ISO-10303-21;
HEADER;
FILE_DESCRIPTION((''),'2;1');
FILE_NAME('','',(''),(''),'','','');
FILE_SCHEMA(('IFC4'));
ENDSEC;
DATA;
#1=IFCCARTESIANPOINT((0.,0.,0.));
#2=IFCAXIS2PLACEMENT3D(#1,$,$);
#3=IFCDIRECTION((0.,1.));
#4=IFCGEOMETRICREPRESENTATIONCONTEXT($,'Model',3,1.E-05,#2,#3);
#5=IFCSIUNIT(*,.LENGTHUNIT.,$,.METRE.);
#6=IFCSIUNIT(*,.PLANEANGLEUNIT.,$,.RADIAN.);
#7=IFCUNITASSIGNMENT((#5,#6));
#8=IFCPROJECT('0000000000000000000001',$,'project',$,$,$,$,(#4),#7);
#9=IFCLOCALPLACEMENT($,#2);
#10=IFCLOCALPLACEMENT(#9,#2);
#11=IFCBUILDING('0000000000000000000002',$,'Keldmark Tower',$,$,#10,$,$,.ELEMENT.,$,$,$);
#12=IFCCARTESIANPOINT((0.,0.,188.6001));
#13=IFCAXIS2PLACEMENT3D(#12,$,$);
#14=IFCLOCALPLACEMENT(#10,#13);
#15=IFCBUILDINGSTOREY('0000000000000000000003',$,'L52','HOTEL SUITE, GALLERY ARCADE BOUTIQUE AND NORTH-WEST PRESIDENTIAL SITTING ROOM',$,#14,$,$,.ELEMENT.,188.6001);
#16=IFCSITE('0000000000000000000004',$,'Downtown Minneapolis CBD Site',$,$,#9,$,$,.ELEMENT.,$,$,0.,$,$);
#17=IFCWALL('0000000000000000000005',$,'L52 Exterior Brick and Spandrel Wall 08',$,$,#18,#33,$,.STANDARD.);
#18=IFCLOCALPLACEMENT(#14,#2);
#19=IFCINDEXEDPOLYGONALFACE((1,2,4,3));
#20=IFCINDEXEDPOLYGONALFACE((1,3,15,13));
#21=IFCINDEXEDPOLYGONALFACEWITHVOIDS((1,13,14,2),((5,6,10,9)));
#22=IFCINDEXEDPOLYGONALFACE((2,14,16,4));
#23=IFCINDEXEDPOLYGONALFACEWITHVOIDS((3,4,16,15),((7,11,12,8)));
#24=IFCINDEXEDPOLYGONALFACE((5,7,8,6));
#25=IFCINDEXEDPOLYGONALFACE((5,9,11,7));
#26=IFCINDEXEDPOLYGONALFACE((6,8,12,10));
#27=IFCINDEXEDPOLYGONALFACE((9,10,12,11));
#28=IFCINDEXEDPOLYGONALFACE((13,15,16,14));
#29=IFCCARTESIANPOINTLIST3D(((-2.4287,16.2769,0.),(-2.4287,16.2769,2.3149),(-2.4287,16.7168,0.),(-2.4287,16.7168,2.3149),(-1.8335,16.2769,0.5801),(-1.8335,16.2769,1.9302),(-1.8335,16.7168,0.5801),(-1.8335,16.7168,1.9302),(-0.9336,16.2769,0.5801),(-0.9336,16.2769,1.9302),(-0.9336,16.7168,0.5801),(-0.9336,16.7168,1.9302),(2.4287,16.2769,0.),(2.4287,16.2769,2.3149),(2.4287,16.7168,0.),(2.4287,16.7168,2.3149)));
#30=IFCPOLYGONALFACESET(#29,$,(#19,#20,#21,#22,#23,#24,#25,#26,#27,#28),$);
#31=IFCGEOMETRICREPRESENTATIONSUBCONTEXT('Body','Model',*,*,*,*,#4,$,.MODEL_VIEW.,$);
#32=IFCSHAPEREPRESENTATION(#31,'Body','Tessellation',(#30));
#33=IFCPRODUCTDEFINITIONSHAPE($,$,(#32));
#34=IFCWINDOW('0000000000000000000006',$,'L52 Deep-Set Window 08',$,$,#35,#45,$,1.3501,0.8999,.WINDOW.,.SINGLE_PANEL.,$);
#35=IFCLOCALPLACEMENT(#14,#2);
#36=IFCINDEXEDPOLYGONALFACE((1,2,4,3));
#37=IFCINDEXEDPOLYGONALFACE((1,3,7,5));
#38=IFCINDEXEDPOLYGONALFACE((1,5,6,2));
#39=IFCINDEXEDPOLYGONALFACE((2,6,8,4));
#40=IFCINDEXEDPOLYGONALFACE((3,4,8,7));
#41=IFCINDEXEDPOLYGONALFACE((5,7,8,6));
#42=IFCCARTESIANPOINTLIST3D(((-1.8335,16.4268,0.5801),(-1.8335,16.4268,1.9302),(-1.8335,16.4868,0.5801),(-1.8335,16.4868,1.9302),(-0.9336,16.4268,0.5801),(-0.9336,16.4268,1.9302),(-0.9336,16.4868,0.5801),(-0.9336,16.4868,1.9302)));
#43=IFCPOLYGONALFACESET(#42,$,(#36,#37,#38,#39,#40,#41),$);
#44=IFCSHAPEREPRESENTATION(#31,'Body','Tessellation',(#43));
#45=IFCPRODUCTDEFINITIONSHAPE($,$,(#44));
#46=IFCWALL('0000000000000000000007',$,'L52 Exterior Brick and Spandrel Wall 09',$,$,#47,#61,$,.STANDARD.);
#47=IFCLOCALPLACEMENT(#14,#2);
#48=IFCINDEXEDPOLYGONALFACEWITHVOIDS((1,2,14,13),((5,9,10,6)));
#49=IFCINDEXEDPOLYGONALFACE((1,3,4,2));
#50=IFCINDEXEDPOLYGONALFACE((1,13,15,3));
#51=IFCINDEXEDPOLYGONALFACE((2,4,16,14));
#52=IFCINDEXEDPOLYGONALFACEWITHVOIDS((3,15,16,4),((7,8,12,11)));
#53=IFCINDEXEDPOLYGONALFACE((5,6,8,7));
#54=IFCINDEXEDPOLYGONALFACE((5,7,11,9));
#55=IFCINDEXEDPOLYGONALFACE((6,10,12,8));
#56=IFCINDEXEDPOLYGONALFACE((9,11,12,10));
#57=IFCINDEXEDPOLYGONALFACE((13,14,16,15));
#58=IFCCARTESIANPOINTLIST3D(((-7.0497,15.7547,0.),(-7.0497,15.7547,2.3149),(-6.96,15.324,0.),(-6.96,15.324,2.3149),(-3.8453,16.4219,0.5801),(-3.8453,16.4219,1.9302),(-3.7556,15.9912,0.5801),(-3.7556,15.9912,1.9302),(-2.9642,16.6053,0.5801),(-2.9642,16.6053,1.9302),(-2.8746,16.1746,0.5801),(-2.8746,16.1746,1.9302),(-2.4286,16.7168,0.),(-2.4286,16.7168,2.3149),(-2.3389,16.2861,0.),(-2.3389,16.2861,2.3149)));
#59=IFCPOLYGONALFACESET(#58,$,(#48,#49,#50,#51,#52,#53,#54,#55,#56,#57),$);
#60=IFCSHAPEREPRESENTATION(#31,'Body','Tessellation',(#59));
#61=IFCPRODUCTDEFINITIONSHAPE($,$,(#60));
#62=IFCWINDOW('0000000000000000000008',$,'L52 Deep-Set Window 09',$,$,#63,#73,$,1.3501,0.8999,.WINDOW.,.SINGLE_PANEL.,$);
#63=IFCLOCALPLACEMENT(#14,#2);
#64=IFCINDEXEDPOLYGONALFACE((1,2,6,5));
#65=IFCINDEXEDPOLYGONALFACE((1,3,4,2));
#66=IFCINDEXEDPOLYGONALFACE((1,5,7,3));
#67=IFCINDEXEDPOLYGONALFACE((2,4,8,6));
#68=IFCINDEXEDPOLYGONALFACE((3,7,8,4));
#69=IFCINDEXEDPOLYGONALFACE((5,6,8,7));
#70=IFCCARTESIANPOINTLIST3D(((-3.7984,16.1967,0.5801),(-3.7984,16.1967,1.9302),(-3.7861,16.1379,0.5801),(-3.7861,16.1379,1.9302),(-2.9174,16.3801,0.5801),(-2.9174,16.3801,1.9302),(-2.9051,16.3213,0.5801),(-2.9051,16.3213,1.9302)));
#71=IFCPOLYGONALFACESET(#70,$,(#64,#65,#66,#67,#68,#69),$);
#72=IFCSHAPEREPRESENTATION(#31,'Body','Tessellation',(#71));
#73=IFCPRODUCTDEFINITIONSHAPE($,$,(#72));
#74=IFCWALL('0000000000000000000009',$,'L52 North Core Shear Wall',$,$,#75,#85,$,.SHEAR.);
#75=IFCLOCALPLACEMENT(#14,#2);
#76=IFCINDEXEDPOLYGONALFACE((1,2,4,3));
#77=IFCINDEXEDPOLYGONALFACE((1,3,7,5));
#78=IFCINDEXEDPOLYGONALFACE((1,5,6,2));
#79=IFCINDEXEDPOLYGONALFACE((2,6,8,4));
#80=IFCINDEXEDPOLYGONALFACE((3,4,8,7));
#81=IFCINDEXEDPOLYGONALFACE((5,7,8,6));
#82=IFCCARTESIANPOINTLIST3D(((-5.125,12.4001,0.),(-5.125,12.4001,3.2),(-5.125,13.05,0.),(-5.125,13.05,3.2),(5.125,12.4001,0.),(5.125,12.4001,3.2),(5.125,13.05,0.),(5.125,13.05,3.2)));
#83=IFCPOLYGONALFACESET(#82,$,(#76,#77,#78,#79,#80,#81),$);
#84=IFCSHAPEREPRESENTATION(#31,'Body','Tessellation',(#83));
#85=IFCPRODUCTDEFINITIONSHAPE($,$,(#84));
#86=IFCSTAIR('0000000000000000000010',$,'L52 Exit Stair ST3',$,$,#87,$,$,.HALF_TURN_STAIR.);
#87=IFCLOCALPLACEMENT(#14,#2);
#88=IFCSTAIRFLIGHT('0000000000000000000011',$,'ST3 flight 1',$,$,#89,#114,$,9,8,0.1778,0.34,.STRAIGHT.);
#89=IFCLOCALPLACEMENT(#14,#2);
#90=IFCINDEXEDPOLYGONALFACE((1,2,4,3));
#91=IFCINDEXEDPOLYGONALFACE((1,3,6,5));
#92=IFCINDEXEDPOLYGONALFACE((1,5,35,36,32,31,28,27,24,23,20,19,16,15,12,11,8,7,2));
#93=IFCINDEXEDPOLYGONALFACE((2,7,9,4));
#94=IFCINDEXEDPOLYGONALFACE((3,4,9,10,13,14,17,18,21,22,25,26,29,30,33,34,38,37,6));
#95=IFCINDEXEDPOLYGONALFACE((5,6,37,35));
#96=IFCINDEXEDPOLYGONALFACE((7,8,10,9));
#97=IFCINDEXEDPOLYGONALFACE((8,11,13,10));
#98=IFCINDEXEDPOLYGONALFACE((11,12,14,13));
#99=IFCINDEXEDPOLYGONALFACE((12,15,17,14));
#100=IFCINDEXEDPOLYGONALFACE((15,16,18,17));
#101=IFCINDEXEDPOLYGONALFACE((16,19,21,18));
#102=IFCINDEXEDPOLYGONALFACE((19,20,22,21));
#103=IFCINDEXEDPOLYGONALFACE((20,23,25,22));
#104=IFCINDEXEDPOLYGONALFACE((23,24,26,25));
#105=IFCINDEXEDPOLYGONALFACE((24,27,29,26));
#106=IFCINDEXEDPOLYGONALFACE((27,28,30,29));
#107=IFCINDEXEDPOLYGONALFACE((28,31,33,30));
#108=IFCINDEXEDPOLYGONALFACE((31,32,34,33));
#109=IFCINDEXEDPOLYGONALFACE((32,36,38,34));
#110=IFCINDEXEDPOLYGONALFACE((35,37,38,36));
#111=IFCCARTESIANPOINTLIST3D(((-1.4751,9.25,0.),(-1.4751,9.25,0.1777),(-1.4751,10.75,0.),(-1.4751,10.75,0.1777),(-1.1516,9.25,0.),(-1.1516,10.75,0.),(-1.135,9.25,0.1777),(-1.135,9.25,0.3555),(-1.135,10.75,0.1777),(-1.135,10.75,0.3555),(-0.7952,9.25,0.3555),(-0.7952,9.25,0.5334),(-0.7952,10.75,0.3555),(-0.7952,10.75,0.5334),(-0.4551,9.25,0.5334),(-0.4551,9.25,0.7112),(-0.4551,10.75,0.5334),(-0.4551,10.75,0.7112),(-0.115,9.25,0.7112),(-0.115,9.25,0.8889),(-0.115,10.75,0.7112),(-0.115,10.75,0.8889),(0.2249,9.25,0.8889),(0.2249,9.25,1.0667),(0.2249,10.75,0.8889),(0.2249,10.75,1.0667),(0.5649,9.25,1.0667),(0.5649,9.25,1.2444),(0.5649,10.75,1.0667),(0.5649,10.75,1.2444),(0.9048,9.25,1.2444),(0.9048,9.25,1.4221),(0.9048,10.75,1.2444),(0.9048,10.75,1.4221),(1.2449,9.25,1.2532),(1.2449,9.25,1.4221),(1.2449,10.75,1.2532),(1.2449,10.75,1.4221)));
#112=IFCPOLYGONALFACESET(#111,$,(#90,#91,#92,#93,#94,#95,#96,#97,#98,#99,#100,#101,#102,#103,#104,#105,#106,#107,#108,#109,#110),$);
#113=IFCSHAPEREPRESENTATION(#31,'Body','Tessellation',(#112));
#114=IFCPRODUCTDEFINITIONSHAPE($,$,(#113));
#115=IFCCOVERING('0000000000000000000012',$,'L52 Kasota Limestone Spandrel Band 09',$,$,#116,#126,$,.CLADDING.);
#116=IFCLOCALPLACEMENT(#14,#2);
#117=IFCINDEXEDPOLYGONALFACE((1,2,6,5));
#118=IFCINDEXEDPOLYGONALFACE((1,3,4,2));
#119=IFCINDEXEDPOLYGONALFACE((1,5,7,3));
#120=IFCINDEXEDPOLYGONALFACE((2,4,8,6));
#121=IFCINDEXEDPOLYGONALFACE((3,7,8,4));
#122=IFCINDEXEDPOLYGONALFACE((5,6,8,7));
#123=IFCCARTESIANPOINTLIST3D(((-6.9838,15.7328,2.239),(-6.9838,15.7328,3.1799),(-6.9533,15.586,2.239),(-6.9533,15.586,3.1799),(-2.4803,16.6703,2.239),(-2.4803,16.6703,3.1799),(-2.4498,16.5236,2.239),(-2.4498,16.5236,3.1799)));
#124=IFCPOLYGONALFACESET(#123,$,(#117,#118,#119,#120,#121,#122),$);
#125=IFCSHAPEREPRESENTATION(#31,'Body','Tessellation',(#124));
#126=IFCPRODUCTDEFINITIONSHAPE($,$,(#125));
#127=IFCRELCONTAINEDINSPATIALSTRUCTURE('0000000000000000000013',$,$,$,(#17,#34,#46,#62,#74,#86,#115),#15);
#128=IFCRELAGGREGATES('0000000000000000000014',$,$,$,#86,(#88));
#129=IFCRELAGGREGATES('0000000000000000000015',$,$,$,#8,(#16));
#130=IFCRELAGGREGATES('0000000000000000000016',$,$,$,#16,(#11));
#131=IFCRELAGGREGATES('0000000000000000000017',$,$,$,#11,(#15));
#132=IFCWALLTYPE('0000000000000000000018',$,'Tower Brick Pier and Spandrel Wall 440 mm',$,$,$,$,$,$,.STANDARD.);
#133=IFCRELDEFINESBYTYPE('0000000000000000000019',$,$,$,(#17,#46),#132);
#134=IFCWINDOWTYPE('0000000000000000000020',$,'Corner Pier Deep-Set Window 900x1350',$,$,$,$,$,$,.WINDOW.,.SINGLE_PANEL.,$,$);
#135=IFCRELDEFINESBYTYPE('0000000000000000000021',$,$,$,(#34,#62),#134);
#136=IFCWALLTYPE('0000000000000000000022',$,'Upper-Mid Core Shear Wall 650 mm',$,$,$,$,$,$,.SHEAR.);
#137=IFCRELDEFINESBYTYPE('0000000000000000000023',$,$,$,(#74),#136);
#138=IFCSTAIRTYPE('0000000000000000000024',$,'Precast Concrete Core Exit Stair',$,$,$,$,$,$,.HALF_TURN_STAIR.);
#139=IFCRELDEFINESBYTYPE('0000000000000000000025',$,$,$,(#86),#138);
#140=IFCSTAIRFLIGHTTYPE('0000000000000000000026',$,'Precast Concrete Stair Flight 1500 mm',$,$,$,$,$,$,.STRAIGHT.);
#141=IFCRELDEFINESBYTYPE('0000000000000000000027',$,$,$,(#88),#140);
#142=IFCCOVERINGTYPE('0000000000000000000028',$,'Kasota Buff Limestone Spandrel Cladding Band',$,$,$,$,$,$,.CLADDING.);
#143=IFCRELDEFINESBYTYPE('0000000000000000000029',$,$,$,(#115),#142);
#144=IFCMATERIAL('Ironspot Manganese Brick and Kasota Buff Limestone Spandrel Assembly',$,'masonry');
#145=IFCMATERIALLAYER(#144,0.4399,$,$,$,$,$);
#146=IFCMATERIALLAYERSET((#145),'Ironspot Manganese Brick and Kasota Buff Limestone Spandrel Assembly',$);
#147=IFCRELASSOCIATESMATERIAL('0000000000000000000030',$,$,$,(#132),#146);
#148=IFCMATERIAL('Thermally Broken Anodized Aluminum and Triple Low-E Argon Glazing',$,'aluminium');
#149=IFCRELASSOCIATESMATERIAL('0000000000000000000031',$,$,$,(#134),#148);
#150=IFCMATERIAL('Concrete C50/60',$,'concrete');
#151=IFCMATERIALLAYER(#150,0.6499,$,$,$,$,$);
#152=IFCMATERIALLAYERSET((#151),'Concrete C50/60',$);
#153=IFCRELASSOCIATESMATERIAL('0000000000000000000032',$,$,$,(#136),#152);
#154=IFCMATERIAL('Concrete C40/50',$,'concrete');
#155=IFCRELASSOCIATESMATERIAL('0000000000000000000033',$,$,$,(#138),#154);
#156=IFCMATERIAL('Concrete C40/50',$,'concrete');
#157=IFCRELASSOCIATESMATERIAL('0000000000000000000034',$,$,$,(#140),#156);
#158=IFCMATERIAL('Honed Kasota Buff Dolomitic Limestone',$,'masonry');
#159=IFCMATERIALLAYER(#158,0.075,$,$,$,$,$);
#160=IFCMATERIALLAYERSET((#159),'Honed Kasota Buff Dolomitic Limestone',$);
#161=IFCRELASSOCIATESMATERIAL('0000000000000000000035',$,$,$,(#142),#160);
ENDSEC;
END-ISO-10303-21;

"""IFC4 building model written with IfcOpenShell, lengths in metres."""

from ifc_helpers import new_model, si_unit, direction, frame, frame_2d, origin, origin_2d, place, context, subcontext, project, spatial, polyline, rectangle, outline, extrude, material, layer, layer_set, type_object, element, fill, aggregate, save


model = new_model("IFC4")

# Units and contexts
model_context = context("Model", 3, precision=1e-05, world=origin(), true_north=direction((0.0, 1.0)))
body_context = subcontext(model_context, "Body", "Model", "MODEL_VIEW")
ifc_project = project(units=[si_unit("LENGTHUNIT", "METRE"), si_unit("PLANEANGLEUNIT", "RADIAN")], contexts=[model_context])

# Site, building, storey
site_placement = place(None, origin())
site = spatial("IfcSite", under=ifc_project, at=site_placement, Name="Downtown Minneapolis CBD Site", CompositionType="ELEMENT", RefElevation=0.0)
building_placement = place(site_placement, origin())
building = spatial("IfcBuilding", under=site, at=building_placement, Name="Keldmark Tower", CompositionType="ELEMENT")
storey_placement = place(building_placement, frame((0.0, 0.0, 188.6001)))
storey = spatial("IfcBuildingStorey", under=building, at=storey_placement, Name="L52", Description="HOTEL SUITE, GALLERY ARCADE BOUTIQUE AND NORTH-WEST PRESIDENTIAL SITTING ROOM", CompositionType="ELEMENT", Elevation=188.6001)

# Walls, openings, windows
ifc_material_1 = material(Name="Ironspot Manganese Brick and Kasota Buff Limestone Spandrel Assembly", Category="masonry")
ifc_layer_1 = layer(ifc_material_1, 0.4399)
ifc_layer_set_1 = layer_set([ifc_layer_1], Name="Ironspot Manganese Brick and Kasota Buff Limestone Spandrel Assembly")
wall_type_1 = type_object("IfcWallType", Name="Tower Brick Pier and Spandrel Wall 440 mm", PredefinedType="STANDARD", material=ifc_layer_set_1)
wall_1_placement = place(storey_placement, frame((-2.4287, 16.4968, 0.0), z_axis=(0.0, 0.0, 1.0), x_axis=(1.0, 0.0, 0.0)))
wall_1 = element("IfcWall", 1, at=wall_1_placement, inside=storey, type_object=wall_type_1, Name="L52 Exterior Brick and Spandrel Wall 08", PredefinedType="STANDARD", context=body_context, shape_type="SweptSolid", body=[
    extrude(rectangle(XDim=4.8574, YDim=0.4399, at=frame_2d((2.4287, 0.0))), origin(), (0.0, 0.0, 1.0), 2.3149),
])
opening_1_placement = place(wall_1_placement, frame((0.5952, 0.0, 0.5801)))
opening_1 = element("IfcOpeningElement", 2, at=opening_1_placement, cuts=wall_1, PredefinedType="OPENING", context=body_context, shape_type="SweptSolid", body=[
    extrude(rectangle(XDim=0.8999, YDim=1.3501, at=frame_2d((0.45, 0.675))), frame((0.0, 0.23, 0.0), z_axis=(0.0, -1.0, 0.0), x_axis=(1.0, 0.0, 0.0)), (0.0, 0.0, 1.0), 0.46),
])
ifc_material_2 = material(Name="Thermally Broken Anodized Aluminum and Triple Low-E Argon Glazing", Category="aluminium")
window_type = type_object("IfcWindowType", Name="Corner Pier Deep-Set Window 900x1350", PartitioningType="SINGLE_PANEL", PredefinedType="WINDOW", material=ifc_material_2)
window_1_placement = place(opening_1_placement, origin())
window_1 = element("IfcWindow", 3, at=window_1_placement, inside=storey, type_object=window_type, Name="L52 Deep-Set Window 08", OverallHeight=1.3501, OverallWidth=0.8999, PartitioningType="SINGLE_PANEL", PredefinedType="WINDOW", context=body_context, shape_type="SweptSolid", body=[
    extrude(rectangle(XDim=0.8999, YDim=1.3501, at=frame_2d((0.45, 0.675))), frame((0.0, -0.01, 0.0), z_axis=(0.0, -1.0, 0.0), x_axis=(1.0, 0.0, 0.0)), (0.0, 0.0, 1.0), 0.0601),
])
fill(opening_1, window_1)
wall_2_placement = place(storey_placement, frame((-7.0049, 15.5393, 0.0), z_axis=(0.0, 0.0, 1.0), x_axis=(0.979005, 0.203839, 0.0)))
wall_2 = element("IfcWall", 4, at=wall_2_placement, inside=storey, type_object=wall_type_1, Name="L52 Exterior Brick and Spandrel Wall 09", PredefinedType="STANDARD", context=body_context, shape_type="SweptSolid", body=[
    extrude(rectangle(XDim=4.7202, YDim=0.4399, at=frame_2d((2.3601, 0.0))), origin(), (0.0, 0.0, 1.0), 2.3149),
])
opening_2_placement = place(wall_2_placement, frame((3.2732, 0.0, 0.5801)))
opening_2 = element("IfcOpeningElement", 5, at=opening_2_placement, cuts=wall_2, PredefinedType="OPENING", context=body_context, shape_type="SweptSolid", body=[
    extrude(rectangle(XDim=0.8999, YDim=1.3501, at=frame_2d((0.45, 0.675))), frame((0.0, 0.23, 0.0), z_axis=(0.0, -1.0, 0.0), x_axis=(1.0, 0.0, 0.0)), (0.0, 0.0, 1.0), 0.46),
])
window_2_placement = place(opening_2_placement, origin())
window_2 = element("IfcWindow", 6, at=window_2_placement, inside=storey, type_object=window_type, Name="L52 Deep-Set Window 09", OverallHeight=1.3501, OverallWidth=0.8999, PartitioningType="SINGLE_PANEL", PredefinedType="WINDOW", context=body_context, shape_type="SweptSolid", body=[
    extrude(rectangle(XDim=0.8999, YDim=1.3501, at=frame_2d((0.45, 0.675))), frame((0.0, -0.01, 0.0), z_axis=(0.0, -1.0, 0.0), x_axis=(1.0, 0.0, 0.0)), (0.0, 0.0, 1.0), 0.0601),
])
fill(opening_2, window_2)

# Wall
ifc_material_3 = material(Name="Concrete C50/60", Category="concrete")
ifc_layer_2 = layer(ifc_material_3, 0.6499)
ifc_layer_set_2 = layer_set([ifc_layer_2], Name="Concrete C50/60")
wall_type_2 = type_object("IfcWallType", Name="Upper-Mid Core Shear Wall 650 mm", PredefinedType="SHEAR", material=ifc_layer_set_2)
wall_3_placement = place(storey_placement, frame((-5.125, 12.7251, 0.0), z_axis=(0.0, 0.0, 1.0), x_axis=(1.0, 0.0, 0.0)))
element("IfcWall", 7, at=wall_3_placement, inside=storey, type_object=wall_type_2, Name="L52 North Core Shear Wall", PredefinedType="SHEAR", context=body_context, shape_type="SweptSolid", body=[
    extrude(rectangle(XDim=10.25, YDim=0.6499, at=frame_2d((5.125, 0.0))), origin(), (0.0, 0.0, 1.0), 3.2),
])

# Stair, stair flight
ifc_material_4 = material(Name="Concrete C40/50", Category="concrete")
stair_type = type_object("IfcStairType", Name="Precast Concrete Core Exit Stair", PredefinedType="HALF_TURN_STAIR", material=ifc_material_4)
stair_placement = place(storey_placement, origin())
stair = element("IfcStair", 8, at=stair_placement, inside=storey, type_object=stair_type, Name="L52 Exit Stair ST3", PredefinedType="HALF_TURN_STAIR")
ifc_material_5 = material(Name="Concrete C40/50", Category="concrete")
stair_flight_type = type_object("IfcStairFlightType", Name="Precast Concrete Stair Flight 1500 mm", PredefinedType="STRAIGHT", material=ifc_material_5)
stair_flight_placement = place(storey_placement, frame((-1.4751, 10.0, 0.0), z_axis=(0.0, 0.0, 1.0), x_axis=(1.0, 0.0, 0.0)))
stair_flight = element("IfcStairFlight", 9, at=stair_flight_placement, type_object=stair_flight_type, Name="ST3 flight 1", NumberOfRisers=9, NumberOfTreads=8, PredefinedType="STRAIGHT", RiserHeight=0.1778, TreadLength=0.34, context=body_context, shape_type="SweptSolid", body=[
    extrude(outline(polyline([(0.0, 0.0), (0.0, 0.1777), (0.3401, 0.1777), (0.3401, 0.3555), (0.6799, 0.3555), (0.6799, 0.5334), (1.02, 0.5334), (1.02, 0.7112), (1.3601, 0.7112), (1.3601, 0.8889), (1.7, 0.8889), (1.7, 1.0667), (2.04, 1.0667), (2.04, 1.2444), (2.3799, 1.2444), (2.3799, 1.4221), (2.72, 1.4221), (2.72, 1.6001), (2.72, 1.2532), (0.3235, 0.0), (0.0, 0.0)])), frame((0.0, 0.75, 0.0), z_axis=(0.0, -1.0, 0.0), x_axis=(1.0, 0.0, 0.0)), (0.0, 0.0, 1.0), 1.5),
])
aggregate(stair, [stair_flight])

# Covering
ifc_material_6 = material(Name="Honed Kasota Buff Dolomitic Limestone", Category="masonry")
ifc_layer_3 = layer(ifc_material_6, 0.075)
ifc_layer_set_3 = layer_set([ifc_layer_3], Name="Honed Kasota Buff Dolomitic Limestone")
covering_type = type_object("IfcCoveringType", Name="Kasota Buff Limestone Spandrel Cladding Band", PredefinedType="CLADDING", material=ifc_layer_set_3)
covering_placement = place(storey_placement, frame((-4.7168, 16.1282, 2.239), z_axis=(0.0, 0.0, 1.0), x_axis=(-0.97901, -0.203813, 0.0)))
element("IfcCovering", 10, at=covering_placement, inside=storey, type_object=covering_type, Name="L52 Kasota Limestone Spandrel Band 09", PredefinedType="CLADDING", context=body_context, shape_type="SweptSolid", body=[
    extrude(rectangle(XDim=4.6001, YDim=0.1499, at=origin_2d()), origin(), (0.0, 0.0, 1.0), 0.9409),
])

save(model, "model.ifc")
